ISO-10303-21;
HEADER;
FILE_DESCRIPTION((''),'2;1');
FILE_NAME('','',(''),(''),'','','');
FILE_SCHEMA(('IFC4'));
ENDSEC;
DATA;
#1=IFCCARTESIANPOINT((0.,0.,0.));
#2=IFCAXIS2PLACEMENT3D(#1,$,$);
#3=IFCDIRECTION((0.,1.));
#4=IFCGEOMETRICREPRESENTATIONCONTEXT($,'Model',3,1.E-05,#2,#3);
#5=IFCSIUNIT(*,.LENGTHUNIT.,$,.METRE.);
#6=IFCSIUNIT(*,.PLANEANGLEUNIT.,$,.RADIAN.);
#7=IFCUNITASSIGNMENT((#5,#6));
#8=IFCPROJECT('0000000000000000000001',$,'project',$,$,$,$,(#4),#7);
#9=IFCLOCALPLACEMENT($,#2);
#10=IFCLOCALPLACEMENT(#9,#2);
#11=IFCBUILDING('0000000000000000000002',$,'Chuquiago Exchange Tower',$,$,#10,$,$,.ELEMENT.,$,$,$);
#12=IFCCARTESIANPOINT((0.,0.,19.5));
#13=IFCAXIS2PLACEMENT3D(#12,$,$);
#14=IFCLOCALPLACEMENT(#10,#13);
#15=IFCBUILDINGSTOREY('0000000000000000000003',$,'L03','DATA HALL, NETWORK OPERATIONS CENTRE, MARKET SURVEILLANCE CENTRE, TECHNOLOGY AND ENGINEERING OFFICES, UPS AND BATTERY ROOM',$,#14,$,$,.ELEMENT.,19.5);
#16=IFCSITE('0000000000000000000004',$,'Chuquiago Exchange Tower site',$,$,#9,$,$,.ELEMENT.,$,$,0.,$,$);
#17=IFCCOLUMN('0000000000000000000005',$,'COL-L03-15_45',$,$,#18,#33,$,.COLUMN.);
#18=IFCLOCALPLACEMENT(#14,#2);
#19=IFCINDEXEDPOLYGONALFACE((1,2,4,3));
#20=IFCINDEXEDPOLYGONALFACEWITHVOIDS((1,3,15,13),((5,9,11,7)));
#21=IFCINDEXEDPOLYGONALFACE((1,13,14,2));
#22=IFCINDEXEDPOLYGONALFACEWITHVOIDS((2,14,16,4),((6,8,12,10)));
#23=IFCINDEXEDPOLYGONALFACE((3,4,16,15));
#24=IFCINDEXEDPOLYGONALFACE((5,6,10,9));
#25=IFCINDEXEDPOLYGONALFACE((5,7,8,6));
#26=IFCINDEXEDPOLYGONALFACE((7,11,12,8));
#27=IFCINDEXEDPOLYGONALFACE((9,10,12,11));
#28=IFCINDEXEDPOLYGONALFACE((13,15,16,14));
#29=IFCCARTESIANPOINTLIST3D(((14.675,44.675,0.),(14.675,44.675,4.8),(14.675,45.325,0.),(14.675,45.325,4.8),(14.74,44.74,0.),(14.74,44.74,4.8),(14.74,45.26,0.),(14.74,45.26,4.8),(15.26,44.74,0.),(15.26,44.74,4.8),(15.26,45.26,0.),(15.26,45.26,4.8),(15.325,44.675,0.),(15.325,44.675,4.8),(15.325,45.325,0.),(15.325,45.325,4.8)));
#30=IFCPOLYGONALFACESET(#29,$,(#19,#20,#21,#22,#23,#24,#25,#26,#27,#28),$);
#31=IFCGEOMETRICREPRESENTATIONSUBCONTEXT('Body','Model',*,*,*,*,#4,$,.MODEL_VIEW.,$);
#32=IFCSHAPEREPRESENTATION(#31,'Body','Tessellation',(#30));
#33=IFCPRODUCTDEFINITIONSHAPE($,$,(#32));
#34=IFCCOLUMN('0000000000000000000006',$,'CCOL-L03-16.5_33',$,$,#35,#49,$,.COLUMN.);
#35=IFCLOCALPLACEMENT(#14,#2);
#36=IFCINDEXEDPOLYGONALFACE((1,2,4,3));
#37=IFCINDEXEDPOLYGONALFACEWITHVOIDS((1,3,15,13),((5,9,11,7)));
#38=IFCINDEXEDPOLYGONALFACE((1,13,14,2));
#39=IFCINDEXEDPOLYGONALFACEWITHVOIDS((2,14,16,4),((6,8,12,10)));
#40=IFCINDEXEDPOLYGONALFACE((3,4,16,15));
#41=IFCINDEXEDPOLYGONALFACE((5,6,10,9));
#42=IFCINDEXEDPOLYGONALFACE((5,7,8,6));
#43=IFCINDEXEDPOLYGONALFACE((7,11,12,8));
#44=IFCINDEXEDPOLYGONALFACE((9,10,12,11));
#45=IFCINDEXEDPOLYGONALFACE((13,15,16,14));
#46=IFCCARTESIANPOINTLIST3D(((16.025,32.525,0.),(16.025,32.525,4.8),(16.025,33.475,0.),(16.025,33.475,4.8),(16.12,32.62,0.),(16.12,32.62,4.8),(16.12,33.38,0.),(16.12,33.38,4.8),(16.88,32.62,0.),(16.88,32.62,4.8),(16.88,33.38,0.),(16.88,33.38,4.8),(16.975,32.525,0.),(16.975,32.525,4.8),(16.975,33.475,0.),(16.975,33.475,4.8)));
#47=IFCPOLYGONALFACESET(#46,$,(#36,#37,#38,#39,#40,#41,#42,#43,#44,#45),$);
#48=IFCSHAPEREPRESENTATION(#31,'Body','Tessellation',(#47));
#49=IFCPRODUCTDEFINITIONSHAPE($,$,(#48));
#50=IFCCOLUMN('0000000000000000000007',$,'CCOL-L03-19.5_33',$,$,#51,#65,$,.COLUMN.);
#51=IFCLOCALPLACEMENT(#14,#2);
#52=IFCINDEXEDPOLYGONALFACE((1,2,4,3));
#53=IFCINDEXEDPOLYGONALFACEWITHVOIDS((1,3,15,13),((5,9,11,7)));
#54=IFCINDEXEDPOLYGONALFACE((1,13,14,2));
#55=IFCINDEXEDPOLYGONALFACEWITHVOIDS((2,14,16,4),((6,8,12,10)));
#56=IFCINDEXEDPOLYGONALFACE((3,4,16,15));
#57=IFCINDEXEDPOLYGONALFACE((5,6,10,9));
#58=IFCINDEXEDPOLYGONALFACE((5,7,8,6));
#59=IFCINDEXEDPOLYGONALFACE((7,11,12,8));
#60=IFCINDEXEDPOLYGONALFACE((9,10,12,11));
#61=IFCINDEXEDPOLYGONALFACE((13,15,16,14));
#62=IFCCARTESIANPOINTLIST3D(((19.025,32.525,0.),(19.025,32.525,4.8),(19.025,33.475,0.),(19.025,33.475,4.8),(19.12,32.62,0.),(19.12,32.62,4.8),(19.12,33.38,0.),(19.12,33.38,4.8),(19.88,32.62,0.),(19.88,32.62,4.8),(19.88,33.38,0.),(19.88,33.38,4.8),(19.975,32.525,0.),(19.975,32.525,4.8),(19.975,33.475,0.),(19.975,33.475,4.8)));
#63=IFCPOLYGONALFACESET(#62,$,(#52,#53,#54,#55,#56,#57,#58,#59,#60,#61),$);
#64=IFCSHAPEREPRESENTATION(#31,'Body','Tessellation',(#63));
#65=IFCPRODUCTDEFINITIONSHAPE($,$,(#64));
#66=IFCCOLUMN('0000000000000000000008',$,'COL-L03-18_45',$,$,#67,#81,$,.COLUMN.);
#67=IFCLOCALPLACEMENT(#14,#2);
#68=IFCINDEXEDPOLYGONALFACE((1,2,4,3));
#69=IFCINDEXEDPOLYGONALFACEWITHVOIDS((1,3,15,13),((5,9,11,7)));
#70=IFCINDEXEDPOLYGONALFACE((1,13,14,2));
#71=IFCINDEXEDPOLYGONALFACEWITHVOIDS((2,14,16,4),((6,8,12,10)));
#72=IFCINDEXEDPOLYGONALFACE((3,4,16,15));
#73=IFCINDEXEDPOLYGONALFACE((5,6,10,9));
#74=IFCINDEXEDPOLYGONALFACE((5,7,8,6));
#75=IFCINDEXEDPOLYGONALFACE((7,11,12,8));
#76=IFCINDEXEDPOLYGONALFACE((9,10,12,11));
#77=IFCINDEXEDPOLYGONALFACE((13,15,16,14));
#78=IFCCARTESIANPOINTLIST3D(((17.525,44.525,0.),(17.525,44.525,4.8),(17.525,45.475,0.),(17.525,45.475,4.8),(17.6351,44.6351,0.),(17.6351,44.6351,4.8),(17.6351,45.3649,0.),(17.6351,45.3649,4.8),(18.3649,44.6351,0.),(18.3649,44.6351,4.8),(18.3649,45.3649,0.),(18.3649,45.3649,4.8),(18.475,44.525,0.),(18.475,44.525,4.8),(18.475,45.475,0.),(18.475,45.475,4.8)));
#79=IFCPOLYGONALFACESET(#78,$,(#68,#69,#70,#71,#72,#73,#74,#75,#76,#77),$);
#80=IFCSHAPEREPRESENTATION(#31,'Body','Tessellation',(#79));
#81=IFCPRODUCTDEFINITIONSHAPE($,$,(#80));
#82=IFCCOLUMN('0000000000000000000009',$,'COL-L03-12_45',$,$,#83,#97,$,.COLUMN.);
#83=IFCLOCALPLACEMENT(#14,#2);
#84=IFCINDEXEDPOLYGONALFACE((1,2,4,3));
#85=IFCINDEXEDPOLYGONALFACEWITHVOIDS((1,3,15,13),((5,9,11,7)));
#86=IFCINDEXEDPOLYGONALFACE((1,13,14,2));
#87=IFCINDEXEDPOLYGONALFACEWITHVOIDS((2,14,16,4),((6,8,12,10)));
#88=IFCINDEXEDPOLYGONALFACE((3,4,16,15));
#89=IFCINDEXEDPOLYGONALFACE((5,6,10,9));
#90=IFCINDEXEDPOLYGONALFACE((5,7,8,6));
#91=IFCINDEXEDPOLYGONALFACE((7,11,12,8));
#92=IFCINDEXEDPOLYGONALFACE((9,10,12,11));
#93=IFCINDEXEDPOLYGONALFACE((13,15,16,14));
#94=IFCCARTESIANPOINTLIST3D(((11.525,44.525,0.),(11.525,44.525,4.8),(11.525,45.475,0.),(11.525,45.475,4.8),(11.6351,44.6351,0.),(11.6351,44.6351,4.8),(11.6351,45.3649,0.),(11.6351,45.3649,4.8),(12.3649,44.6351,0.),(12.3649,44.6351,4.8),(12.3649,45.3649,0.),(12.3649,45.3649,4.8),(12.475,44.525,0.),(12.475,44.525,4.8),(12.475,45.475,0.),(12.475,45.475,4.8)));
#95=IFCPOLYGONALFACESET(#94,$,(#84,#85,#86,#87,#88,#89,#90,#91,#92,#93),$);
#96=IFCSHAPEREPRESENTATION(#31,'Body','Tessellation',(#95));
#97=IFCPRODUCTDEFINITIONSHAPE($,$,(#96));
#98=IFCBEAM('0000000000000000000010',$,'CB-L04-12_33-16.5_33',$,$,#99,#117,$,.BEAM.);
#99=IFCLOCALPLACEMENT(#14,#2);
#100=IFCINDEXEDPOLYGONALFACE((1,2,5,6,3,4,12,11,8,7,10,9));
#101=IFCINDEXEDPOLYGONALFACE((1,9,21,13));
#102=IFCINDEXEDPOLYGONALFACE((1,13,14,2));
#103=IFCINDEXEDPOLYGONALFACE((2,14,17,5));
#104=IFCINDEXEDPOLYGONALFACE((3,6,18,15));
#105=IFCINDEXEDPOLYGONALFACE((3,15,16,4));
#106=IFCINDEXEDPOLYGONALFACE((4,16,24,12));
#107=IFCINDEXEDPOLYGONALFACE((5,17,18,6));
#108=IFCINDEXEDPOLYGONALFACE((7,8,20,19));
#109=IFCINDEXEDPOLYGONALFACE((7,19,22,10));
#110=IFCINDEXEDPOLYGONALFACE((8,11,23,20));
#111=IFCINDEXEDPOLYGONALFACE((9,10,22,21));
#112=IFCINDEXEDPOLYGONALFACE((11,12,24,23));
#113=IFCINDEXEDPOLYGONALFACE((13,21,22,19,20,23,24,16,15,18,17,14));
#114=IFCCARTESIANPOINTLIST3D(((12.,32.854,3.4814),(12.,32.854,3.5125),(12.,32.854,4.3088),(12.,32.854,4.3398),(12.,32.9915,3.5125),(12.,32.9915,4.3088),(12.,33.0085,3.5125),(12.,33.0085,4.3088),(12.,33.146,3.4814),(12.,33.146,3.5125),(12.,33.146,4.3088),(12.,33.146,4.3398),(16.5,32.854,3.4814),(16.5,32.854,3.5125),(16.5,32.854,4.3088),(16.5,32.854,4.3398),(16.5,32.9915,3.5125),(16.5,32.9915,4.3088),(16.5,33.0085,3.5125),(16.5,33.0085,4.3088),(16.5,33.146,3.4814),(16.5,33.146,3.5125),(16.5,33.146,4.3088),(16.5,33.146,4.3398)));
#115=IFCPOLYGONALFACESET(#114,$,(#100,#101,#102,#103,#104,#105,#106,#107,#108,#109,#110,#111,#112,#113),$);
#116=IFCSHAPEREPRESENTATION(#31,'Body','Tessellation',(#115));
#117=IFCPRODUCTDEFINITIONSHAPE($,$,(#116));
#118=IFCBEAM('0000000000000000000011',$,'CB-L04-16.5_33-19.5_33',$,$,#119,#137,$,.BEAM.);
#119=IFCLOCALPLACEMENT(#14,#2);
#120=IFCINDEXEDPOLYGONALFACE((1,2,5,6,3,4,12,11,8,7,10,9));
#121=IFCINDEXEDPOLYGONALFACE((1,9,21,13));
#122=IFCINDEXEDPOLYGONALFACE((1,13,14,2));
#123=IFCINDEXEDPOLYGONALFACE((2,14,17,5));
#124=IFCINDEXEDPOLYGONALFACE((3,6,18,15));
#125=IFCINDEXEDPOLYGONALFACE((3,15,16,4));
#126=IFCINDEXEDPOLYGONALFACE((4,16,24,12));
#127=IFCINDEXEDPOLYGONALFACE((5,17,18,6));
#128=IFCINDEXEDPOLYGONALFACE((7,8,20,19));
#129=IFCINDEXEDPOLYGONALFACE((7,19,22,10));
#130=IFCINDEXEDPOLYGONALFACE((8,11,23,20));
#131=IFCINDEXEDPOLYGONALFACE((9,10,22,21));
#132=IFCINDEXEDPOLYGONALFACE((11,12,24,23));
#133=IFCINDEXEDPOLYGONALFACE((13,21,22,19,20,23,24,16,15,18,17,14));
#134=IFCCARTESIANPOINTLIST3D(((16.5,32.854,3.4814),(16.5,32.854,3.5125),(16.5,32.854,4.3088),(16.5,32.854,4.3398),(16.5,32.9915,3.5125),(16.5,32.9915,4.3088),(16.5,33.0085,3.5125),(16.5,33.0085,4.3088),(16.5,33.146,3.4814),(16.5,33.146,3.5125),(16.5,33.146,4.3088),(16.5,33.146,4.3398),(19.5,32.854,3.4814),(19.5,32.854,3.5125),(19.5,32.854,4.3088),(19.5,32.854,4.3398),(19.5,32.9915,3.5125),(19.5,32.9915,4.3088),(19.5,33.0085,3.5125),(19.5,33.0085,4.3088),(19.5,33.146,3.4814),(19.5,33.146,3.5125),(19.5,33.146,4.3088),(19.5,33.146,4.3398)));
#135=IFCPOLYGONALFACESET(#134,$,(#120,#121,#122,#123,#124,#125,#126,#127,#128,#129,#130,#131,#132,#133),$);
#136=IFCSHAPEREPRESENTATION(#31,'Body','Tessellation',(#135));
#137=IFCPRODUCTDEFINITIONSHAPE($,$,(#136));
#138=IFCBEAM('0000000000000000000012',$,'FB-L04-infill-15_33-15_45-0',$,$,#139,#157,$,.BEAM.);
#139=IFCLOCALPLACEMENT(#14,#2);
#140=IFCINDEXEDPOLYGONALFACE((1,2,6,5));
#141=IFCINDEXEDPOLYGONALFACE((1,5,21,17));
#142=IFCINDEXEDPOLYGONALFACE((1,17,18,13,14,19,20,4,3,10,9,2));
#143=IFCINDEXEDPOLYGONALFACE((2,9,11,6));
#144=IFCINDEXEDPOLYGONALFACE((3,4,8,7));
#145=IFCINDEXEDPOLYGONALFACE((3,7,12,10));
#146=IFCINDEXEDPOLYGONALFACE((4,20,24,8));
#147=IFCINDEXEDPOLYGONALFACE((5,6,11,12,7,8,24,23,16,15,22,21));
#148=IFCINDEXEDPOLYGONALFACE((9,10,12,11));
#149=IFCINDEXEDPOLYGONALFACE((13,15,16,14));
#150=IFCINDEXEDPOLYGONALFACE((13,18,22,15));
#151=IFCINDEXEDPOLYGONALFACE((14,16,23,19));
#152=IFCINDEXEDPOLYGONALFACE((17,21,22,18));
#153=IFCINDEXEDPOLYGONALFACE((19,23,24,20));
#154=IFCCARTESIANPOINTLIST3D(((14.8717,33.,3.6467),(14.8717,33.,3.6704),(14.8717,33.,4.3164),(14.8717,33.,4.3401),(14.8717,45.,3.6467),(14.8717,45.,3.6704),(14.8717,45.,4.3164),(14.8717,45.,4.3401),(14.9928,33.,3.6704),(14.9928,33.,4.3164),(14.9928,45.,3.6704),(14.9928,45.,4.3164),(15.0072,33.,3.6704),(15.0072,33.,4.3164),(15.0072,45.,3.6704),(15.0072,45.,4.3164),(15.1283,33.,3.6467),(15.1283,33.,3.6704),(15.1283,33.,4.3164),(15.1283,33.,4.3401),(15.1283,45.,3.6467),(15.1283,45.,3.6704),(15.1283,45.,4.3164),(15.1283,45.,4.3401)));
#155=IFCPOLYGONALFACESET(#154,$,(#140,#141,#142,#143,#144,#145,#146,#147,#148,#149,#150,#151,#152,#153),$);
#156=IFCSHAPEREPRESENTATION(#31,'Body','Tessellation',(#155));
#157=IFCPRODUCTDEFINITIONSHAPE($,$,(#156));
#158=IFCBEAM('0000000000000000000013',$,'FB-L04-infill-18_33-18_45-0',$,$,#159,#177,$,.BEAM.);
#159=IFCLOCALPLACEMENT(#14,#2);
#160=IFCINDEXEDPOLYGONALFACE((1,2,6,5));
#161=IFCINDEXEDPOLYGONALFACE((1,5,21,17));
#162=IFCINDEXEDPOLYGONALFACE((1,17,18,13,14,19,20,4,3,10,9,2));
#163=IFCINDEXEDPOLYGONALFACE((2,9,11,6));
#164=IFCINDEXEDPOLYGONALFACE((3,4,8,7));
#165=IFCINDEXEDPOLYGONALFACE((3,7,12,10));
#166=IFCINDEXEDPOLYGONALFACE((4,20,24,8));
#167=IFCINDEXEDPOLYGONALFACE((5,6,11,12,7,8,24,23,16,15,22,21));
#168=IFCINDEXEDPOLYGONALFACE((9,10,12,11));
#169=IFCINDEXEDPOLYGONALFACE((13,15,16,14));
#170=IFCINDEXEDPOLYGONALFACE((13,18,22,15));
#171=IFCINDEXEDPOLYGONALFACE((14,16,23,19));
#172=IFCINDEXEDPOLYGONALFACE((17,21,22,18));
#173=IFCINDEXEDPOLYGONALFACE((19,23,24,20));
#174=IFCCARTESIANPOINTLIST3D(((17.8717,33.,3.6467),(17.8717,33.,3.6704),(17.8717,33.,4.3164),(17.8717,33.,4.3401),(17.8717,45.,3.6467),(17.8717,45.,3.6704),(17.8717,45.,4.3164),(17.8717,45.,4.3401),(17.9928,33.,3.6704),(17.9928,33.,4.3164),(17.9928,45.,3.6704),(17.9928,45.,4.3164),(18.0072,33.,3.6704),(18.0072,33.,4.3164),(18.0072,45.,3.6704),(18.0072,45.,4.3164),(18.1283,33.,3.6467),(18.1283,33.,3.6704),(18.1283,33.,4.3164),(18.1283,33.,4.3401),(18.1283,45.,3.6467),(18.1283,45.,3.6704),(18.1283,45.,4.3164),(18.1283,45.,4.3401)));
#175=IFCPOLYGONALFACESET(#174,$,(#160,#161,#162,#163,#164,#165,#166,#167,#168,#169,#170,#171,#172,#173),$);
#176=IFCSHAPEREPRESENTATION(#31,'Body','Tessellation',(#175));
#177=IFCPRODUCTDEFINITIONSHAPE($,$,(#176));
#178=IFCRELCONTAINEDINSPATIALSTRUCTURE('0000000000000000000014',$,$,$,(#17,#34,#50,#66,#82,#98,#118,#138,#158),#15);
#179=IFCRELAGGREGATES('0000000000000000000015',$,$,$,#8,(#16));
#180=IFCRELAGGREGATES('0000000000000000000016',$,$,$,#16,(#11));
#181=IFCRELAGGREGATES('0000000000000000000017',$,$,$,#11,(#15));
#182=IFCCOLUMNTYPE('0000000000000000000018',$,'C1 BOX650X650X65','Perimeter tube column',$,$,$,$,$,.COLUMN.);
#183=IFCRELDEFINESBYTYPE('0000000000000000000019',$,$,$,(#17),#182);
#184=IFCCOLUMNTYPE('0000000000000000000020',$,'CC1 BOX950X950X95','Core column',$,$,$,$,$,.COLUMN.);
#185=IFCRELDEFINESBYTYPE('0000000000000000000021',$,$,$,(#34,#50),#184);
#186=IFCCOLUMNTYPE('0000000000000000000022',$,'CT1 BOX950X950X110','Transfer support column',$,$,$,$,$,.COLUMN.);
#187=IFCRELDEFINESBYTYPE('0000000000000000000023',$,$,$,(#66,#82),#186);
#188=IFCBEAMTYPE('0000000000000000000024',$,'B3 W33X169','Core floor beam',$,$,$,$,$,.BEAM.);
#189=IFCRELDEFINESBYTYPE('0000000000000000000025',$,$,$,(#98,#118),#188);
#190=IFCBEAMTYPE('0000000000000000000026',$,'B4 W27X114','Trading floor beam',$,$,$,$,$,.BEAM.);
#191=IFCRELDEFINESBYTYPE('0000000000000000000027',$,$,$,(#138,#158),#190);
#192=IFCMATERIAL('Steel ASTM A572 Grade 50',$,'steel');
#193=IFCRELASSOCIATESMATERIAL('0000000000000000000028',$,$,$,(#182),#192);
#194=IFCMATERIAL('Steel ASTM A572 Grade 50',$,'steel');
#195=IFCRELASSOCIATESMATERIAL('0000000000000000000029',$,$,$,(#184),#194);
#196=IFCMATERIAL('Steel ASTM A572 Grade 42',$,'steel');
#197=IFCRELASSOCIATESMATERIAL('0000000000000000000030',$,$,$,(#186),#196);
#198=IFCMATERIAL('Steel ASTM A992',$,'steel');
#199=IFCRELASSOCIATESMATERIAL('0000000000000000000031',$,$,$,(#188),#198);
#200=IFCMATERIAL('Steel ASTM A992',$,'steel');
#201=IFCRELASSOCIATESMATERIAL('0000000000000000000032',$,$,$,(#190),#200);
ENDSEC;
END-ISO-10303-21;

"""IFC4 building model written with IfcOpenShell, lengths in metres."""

from ifc_helpers import new_model, si_unit, direction, frame, origin, origin_2d, place, context, subcontext, project, spatial, hollow_rectangle, i_section, extrude, material, material_profile, profile_set, type_object, element, save


model = new_model("IFC4")

# Units and contexts
model_context = context("Model", 3, precision=1e-05, world=origin(), true_north=direction((0.0, 1.0)))
body_context = subcontext(model_context, "Body", "Model", "MODEL_VIEW")
ifc_project = project(units=[si_unit("LENGTHUNIT", "METRE"), si_unit("PLANEANGLEUNIT", "RADIAN")], contexts=[model_context])

# Site, building, storey
site_placement = place(None, origin())
site = spatial("IfcSite", under=ifc_project, at=site_placement, Name="Chuquiago Exchange Tower site", CompositionType="ELEMENT", RefElevation=0.0)
building_placement = place(site_placement, origin())
building = spatial("IfcBuilding", under=site, at=building_placement, Name="Chuquiago Exchange Tower", CompositionType="ELEMENT")
storey_placement = place(building_placement, frame((0.0, 0.0, 19.5)))
storey = spatial("IfcBuildingStorey", under=building, at=storey_placement, Name="L03", Description="DATA HALL, NETWORK OPERATIONS CENTRE, MARKET SURVEILLANCE CENTRE, TECHNOLOGY AND ENGINEERING OFFICES, UPS AND BATTERY ROOM", CompositionType="ELEMENT", Elevation=19.5)

# Columns
ifc_material_1 = material(Name="Steel ASTM A572 Grade 50", Category="steel")
ifc_material_profile_1 = material_profile(ifc_material_1, hollow_rectangle(XDim=0.6499, YDim=0.6499, WallThickness=0.0649, at=origin_2d()), Name="BOX650X650X65")
ifc_profile_set_1 = profile_set([ifc_material_profile_1], Name="Steel ASTM A572 Grade 50")
column_type_1 = type_object("IfcColumnType", Name="C1 BOX650X650X65", Description="Perimeter tube column", PredefinedType="COLUMN", material=ifc_profile_set_1)
column_placement = place(storey_placement, frame((15.0, 45.0, 0.0), z_axis=(0.0, 0.0, 1.0), x_axis=(0.0, 1.0, 0.0)))
element("IfcColumn", 1, at=column_placement, inside=storey, type_object=column_type_1, Name="COL-L03-15_45", PredefinedType="COLUMN", context=body_context, shape_type="SweptSolid", body=[
    extrude(hollow_rectangle(XDim=0.6499, YDim=0.6499, WallThickness=0.0649, at=origin_2d()), origin(), (0.0, 0.0, 1.0), 4.8),
])
ifc_material_2 = material(Name="Steel ASTM A572 Grade 50", Category="steel")
ifc_material_profile_2 = material_profile(ifc_material_2, hollow_rectangle(XDim=0.95, YDim=0.95, WallThickness=0.095, at=origin_2d()), Name="BOX950X950X95")
ifc_profile_set_2 = profile_set([ifc_material_profile_2], Name="Steel ASTM A572 Grade 50")
column_type_2 = type_object("IfcColumnType", Name="CC1 BOX950X950X95", Description="Core column", PredefinedType="COLUMN", material=ifc_profile_set_2)
for number, where, z_axis, x_axis, name in (
    (2, (16.5, 33.0, 0.0), (0.0, 0.0, 1.0), (1.0, 0.0, 0.0), "CCOL-L03-16.5_33"),
    (3, (19.5, 33.0, 0.0), (0.0, 0.0, 1.0), (1.0, 0.0, 0.0), "CCOL-L03-19.5_33"),
):
    element("IfcColumn", number, at=place(storey_placement, frame(where, z_axis=z_axis, x_axis=x_axis)), inside=storey, type_object=column_type_2, Name=name, PredefinedType="COLUMN", context=body_context, shape_type="SweptSolid", body=[
        extrude(hollow_rectangle(XDim=0.95, YDim=0.95, WallThickness=0.095, at=origin_2d()), origin(), (0.0, 0.0, 1.0), 4.8),
    ])
ifc_material_3 = material(Name="Steel ASTM A572 Grade 42", Category="steel")
ifc_material_profile_3 = material_profile(ifc_material_3, hollow_rectangle(XDim=0.95, YDim=0.95, WallThickness=0.1101, at=origin_2d()), Name="BOX950X950X110")
ifc_profile_set_3 = profile_set([ifc_material_profile_3], Name="Steel ASTM A572 Grade 42")
column_type_3 = type_object("IfcColumnType", Name="CT1 BOX950X950X110", Description="Transfer support column", PredefinedType="COLUMN", material=ifc_profile_set_3)
for number, where, z_axis, x_axis, name in (
    (4, (18.0, 45.0, 0.0), (0.0, 0.0, 1.0), (0.0, 1.0, 0.0), "COL-L03-18_45"),
    (5, (12.0, 45.0, 0.0), (0.0, 0.0, 1.0), (0.0, 1.0, 0.0), "COL-L03-12_45"),
):
    element("IfcColumn", number, at=place(storey_placement, frame(where, z_axis=z_axis, x_axis=x_axis)), inside=storey, type_object=column_type_3, Name=name, PredefinedType="COLUMN", context=body_context, shape_type="SweptSolid", body=[
        extrude(hollow_rectangle(XDim=0.95, YDim=0.95, WallThickness=0.1101, at=origin_2d()), origin(), (0.0, 0.0, 1.0), 4.8),
    ])

# Beams
ifc_material_4 = material(Name="Steel ASTM A992", Category="steel")
ifc_material_profile_4 = material_profile(ifc_material_4, i_section(OverallWidth=0.292, OverallDepth=0.8584, WebThickness=0.0171, FlangeThickness=0.031, at=origin_2d()), Name="W33X169")
ifc_profile_set_4 = profile_set([ifc_material_profile_4], Name="Steel ASTM A992")
beam_type_1 = type_object("IfcBeamType", Name="B3 W33X169", Description="Core floor beam", PredefinedType="BEAM", material=ifc_profile_set_4)
beam_1_placement = place(storey_placement, frame((12.0, 33.0, 3.9106), z_axis=(1.0, 0.0, 0.0), x_axis=(0.0, 1.0, 0.0)))
element("IfcBeam", 6, at=beam_1_placement, inside=storey, type_object=beam_type_1, Name="CB-L04-12_33-16.5_33", PredefinedType="BEAM", context=body_context, shape_type="SweptSolid", body=[
    extrude(i_section(OverallWidth=0.292, OverallDepth=0.8584, WebThickness=0.0171, FlangeThickness=0.031, at=origin_2d()), origin(), (0.0, 0.0, 1.0), 4.5),
])
beam_2_placement = place(storey_placement, frame((16.5, 33.0, 3.9106), z_axis=(1.0, 0.0, 0.0), x_axis=(0.0, 1.0, 0.0)))
element("IfcBeam", 7, at=beam_2_placement, inside=storey, type_object=beam_type_1, Name="CB-L04-16.5_33-19.5_33", PredefinedType="BEAM", context=body_context, shape_type="SweptSolid", body=[
    extrude(i_section(OverallWidth=0.292, OverallDepth=0.8584, WebThickness=0.0171, FlangeThickness=0.031, at=origin_2d()), origin(), (0.0, 0.0, 1.0), 3.0),
])
ifc_material_5 = material(Name="Steel ASTM A992", Category="steel")
ifc_material_profile_5 = material_profile(ifc_material_5, i_section(OverallWidth=0.2566, OverallDepth=0.6934, WebThickness=0.0144, FlangeThickness=0.0237, at=origin_2d()), Name="W27X114")
ifc_profile_set_5 = profile_set([ifc_material_profile_5], Name="Steel ASTM A992")
beam_type_2 = type_object("IfcBeamType", Name="B4 W27X114", Description="Trading floor beam", PredefinedType="BEAM", material=ifc_profile_set_5)
for number, where, z_axis, x_axis, name in (
    (8, (15.0, 33.0, 3.9934), (0.0, 1.0, 0.0), (-1.0, 0.0, 0.0), "FB-L04-infill-15_33-15_45-0"),
    (9, (18.0, 33.0, 3.9934), (0.0, 1.0, 0.0), (-1.0, 0.0, 0.0), "FB-L04-infill-18_33-18_45-0"),
):
    element("IfcBeam", number, at=place(storey_placement, frame(where, z_axis=z_axis, x_axis=x_axis)), inside=storey, type_object=beam_type_2, Name=name, PredefinedType="BEAM", context=body_context, shape_type="SweptSolid", body=[
        extrude(i_section(OverallWidth=0.2566, OverallDepth=0.6934, WebThickness=0.0144, FlangeThickness=0.0237, at=origin_2d()), origin(), (0.0, 0.0, 1.0), 12.0),
    ])

save(model, "model.ifc")
